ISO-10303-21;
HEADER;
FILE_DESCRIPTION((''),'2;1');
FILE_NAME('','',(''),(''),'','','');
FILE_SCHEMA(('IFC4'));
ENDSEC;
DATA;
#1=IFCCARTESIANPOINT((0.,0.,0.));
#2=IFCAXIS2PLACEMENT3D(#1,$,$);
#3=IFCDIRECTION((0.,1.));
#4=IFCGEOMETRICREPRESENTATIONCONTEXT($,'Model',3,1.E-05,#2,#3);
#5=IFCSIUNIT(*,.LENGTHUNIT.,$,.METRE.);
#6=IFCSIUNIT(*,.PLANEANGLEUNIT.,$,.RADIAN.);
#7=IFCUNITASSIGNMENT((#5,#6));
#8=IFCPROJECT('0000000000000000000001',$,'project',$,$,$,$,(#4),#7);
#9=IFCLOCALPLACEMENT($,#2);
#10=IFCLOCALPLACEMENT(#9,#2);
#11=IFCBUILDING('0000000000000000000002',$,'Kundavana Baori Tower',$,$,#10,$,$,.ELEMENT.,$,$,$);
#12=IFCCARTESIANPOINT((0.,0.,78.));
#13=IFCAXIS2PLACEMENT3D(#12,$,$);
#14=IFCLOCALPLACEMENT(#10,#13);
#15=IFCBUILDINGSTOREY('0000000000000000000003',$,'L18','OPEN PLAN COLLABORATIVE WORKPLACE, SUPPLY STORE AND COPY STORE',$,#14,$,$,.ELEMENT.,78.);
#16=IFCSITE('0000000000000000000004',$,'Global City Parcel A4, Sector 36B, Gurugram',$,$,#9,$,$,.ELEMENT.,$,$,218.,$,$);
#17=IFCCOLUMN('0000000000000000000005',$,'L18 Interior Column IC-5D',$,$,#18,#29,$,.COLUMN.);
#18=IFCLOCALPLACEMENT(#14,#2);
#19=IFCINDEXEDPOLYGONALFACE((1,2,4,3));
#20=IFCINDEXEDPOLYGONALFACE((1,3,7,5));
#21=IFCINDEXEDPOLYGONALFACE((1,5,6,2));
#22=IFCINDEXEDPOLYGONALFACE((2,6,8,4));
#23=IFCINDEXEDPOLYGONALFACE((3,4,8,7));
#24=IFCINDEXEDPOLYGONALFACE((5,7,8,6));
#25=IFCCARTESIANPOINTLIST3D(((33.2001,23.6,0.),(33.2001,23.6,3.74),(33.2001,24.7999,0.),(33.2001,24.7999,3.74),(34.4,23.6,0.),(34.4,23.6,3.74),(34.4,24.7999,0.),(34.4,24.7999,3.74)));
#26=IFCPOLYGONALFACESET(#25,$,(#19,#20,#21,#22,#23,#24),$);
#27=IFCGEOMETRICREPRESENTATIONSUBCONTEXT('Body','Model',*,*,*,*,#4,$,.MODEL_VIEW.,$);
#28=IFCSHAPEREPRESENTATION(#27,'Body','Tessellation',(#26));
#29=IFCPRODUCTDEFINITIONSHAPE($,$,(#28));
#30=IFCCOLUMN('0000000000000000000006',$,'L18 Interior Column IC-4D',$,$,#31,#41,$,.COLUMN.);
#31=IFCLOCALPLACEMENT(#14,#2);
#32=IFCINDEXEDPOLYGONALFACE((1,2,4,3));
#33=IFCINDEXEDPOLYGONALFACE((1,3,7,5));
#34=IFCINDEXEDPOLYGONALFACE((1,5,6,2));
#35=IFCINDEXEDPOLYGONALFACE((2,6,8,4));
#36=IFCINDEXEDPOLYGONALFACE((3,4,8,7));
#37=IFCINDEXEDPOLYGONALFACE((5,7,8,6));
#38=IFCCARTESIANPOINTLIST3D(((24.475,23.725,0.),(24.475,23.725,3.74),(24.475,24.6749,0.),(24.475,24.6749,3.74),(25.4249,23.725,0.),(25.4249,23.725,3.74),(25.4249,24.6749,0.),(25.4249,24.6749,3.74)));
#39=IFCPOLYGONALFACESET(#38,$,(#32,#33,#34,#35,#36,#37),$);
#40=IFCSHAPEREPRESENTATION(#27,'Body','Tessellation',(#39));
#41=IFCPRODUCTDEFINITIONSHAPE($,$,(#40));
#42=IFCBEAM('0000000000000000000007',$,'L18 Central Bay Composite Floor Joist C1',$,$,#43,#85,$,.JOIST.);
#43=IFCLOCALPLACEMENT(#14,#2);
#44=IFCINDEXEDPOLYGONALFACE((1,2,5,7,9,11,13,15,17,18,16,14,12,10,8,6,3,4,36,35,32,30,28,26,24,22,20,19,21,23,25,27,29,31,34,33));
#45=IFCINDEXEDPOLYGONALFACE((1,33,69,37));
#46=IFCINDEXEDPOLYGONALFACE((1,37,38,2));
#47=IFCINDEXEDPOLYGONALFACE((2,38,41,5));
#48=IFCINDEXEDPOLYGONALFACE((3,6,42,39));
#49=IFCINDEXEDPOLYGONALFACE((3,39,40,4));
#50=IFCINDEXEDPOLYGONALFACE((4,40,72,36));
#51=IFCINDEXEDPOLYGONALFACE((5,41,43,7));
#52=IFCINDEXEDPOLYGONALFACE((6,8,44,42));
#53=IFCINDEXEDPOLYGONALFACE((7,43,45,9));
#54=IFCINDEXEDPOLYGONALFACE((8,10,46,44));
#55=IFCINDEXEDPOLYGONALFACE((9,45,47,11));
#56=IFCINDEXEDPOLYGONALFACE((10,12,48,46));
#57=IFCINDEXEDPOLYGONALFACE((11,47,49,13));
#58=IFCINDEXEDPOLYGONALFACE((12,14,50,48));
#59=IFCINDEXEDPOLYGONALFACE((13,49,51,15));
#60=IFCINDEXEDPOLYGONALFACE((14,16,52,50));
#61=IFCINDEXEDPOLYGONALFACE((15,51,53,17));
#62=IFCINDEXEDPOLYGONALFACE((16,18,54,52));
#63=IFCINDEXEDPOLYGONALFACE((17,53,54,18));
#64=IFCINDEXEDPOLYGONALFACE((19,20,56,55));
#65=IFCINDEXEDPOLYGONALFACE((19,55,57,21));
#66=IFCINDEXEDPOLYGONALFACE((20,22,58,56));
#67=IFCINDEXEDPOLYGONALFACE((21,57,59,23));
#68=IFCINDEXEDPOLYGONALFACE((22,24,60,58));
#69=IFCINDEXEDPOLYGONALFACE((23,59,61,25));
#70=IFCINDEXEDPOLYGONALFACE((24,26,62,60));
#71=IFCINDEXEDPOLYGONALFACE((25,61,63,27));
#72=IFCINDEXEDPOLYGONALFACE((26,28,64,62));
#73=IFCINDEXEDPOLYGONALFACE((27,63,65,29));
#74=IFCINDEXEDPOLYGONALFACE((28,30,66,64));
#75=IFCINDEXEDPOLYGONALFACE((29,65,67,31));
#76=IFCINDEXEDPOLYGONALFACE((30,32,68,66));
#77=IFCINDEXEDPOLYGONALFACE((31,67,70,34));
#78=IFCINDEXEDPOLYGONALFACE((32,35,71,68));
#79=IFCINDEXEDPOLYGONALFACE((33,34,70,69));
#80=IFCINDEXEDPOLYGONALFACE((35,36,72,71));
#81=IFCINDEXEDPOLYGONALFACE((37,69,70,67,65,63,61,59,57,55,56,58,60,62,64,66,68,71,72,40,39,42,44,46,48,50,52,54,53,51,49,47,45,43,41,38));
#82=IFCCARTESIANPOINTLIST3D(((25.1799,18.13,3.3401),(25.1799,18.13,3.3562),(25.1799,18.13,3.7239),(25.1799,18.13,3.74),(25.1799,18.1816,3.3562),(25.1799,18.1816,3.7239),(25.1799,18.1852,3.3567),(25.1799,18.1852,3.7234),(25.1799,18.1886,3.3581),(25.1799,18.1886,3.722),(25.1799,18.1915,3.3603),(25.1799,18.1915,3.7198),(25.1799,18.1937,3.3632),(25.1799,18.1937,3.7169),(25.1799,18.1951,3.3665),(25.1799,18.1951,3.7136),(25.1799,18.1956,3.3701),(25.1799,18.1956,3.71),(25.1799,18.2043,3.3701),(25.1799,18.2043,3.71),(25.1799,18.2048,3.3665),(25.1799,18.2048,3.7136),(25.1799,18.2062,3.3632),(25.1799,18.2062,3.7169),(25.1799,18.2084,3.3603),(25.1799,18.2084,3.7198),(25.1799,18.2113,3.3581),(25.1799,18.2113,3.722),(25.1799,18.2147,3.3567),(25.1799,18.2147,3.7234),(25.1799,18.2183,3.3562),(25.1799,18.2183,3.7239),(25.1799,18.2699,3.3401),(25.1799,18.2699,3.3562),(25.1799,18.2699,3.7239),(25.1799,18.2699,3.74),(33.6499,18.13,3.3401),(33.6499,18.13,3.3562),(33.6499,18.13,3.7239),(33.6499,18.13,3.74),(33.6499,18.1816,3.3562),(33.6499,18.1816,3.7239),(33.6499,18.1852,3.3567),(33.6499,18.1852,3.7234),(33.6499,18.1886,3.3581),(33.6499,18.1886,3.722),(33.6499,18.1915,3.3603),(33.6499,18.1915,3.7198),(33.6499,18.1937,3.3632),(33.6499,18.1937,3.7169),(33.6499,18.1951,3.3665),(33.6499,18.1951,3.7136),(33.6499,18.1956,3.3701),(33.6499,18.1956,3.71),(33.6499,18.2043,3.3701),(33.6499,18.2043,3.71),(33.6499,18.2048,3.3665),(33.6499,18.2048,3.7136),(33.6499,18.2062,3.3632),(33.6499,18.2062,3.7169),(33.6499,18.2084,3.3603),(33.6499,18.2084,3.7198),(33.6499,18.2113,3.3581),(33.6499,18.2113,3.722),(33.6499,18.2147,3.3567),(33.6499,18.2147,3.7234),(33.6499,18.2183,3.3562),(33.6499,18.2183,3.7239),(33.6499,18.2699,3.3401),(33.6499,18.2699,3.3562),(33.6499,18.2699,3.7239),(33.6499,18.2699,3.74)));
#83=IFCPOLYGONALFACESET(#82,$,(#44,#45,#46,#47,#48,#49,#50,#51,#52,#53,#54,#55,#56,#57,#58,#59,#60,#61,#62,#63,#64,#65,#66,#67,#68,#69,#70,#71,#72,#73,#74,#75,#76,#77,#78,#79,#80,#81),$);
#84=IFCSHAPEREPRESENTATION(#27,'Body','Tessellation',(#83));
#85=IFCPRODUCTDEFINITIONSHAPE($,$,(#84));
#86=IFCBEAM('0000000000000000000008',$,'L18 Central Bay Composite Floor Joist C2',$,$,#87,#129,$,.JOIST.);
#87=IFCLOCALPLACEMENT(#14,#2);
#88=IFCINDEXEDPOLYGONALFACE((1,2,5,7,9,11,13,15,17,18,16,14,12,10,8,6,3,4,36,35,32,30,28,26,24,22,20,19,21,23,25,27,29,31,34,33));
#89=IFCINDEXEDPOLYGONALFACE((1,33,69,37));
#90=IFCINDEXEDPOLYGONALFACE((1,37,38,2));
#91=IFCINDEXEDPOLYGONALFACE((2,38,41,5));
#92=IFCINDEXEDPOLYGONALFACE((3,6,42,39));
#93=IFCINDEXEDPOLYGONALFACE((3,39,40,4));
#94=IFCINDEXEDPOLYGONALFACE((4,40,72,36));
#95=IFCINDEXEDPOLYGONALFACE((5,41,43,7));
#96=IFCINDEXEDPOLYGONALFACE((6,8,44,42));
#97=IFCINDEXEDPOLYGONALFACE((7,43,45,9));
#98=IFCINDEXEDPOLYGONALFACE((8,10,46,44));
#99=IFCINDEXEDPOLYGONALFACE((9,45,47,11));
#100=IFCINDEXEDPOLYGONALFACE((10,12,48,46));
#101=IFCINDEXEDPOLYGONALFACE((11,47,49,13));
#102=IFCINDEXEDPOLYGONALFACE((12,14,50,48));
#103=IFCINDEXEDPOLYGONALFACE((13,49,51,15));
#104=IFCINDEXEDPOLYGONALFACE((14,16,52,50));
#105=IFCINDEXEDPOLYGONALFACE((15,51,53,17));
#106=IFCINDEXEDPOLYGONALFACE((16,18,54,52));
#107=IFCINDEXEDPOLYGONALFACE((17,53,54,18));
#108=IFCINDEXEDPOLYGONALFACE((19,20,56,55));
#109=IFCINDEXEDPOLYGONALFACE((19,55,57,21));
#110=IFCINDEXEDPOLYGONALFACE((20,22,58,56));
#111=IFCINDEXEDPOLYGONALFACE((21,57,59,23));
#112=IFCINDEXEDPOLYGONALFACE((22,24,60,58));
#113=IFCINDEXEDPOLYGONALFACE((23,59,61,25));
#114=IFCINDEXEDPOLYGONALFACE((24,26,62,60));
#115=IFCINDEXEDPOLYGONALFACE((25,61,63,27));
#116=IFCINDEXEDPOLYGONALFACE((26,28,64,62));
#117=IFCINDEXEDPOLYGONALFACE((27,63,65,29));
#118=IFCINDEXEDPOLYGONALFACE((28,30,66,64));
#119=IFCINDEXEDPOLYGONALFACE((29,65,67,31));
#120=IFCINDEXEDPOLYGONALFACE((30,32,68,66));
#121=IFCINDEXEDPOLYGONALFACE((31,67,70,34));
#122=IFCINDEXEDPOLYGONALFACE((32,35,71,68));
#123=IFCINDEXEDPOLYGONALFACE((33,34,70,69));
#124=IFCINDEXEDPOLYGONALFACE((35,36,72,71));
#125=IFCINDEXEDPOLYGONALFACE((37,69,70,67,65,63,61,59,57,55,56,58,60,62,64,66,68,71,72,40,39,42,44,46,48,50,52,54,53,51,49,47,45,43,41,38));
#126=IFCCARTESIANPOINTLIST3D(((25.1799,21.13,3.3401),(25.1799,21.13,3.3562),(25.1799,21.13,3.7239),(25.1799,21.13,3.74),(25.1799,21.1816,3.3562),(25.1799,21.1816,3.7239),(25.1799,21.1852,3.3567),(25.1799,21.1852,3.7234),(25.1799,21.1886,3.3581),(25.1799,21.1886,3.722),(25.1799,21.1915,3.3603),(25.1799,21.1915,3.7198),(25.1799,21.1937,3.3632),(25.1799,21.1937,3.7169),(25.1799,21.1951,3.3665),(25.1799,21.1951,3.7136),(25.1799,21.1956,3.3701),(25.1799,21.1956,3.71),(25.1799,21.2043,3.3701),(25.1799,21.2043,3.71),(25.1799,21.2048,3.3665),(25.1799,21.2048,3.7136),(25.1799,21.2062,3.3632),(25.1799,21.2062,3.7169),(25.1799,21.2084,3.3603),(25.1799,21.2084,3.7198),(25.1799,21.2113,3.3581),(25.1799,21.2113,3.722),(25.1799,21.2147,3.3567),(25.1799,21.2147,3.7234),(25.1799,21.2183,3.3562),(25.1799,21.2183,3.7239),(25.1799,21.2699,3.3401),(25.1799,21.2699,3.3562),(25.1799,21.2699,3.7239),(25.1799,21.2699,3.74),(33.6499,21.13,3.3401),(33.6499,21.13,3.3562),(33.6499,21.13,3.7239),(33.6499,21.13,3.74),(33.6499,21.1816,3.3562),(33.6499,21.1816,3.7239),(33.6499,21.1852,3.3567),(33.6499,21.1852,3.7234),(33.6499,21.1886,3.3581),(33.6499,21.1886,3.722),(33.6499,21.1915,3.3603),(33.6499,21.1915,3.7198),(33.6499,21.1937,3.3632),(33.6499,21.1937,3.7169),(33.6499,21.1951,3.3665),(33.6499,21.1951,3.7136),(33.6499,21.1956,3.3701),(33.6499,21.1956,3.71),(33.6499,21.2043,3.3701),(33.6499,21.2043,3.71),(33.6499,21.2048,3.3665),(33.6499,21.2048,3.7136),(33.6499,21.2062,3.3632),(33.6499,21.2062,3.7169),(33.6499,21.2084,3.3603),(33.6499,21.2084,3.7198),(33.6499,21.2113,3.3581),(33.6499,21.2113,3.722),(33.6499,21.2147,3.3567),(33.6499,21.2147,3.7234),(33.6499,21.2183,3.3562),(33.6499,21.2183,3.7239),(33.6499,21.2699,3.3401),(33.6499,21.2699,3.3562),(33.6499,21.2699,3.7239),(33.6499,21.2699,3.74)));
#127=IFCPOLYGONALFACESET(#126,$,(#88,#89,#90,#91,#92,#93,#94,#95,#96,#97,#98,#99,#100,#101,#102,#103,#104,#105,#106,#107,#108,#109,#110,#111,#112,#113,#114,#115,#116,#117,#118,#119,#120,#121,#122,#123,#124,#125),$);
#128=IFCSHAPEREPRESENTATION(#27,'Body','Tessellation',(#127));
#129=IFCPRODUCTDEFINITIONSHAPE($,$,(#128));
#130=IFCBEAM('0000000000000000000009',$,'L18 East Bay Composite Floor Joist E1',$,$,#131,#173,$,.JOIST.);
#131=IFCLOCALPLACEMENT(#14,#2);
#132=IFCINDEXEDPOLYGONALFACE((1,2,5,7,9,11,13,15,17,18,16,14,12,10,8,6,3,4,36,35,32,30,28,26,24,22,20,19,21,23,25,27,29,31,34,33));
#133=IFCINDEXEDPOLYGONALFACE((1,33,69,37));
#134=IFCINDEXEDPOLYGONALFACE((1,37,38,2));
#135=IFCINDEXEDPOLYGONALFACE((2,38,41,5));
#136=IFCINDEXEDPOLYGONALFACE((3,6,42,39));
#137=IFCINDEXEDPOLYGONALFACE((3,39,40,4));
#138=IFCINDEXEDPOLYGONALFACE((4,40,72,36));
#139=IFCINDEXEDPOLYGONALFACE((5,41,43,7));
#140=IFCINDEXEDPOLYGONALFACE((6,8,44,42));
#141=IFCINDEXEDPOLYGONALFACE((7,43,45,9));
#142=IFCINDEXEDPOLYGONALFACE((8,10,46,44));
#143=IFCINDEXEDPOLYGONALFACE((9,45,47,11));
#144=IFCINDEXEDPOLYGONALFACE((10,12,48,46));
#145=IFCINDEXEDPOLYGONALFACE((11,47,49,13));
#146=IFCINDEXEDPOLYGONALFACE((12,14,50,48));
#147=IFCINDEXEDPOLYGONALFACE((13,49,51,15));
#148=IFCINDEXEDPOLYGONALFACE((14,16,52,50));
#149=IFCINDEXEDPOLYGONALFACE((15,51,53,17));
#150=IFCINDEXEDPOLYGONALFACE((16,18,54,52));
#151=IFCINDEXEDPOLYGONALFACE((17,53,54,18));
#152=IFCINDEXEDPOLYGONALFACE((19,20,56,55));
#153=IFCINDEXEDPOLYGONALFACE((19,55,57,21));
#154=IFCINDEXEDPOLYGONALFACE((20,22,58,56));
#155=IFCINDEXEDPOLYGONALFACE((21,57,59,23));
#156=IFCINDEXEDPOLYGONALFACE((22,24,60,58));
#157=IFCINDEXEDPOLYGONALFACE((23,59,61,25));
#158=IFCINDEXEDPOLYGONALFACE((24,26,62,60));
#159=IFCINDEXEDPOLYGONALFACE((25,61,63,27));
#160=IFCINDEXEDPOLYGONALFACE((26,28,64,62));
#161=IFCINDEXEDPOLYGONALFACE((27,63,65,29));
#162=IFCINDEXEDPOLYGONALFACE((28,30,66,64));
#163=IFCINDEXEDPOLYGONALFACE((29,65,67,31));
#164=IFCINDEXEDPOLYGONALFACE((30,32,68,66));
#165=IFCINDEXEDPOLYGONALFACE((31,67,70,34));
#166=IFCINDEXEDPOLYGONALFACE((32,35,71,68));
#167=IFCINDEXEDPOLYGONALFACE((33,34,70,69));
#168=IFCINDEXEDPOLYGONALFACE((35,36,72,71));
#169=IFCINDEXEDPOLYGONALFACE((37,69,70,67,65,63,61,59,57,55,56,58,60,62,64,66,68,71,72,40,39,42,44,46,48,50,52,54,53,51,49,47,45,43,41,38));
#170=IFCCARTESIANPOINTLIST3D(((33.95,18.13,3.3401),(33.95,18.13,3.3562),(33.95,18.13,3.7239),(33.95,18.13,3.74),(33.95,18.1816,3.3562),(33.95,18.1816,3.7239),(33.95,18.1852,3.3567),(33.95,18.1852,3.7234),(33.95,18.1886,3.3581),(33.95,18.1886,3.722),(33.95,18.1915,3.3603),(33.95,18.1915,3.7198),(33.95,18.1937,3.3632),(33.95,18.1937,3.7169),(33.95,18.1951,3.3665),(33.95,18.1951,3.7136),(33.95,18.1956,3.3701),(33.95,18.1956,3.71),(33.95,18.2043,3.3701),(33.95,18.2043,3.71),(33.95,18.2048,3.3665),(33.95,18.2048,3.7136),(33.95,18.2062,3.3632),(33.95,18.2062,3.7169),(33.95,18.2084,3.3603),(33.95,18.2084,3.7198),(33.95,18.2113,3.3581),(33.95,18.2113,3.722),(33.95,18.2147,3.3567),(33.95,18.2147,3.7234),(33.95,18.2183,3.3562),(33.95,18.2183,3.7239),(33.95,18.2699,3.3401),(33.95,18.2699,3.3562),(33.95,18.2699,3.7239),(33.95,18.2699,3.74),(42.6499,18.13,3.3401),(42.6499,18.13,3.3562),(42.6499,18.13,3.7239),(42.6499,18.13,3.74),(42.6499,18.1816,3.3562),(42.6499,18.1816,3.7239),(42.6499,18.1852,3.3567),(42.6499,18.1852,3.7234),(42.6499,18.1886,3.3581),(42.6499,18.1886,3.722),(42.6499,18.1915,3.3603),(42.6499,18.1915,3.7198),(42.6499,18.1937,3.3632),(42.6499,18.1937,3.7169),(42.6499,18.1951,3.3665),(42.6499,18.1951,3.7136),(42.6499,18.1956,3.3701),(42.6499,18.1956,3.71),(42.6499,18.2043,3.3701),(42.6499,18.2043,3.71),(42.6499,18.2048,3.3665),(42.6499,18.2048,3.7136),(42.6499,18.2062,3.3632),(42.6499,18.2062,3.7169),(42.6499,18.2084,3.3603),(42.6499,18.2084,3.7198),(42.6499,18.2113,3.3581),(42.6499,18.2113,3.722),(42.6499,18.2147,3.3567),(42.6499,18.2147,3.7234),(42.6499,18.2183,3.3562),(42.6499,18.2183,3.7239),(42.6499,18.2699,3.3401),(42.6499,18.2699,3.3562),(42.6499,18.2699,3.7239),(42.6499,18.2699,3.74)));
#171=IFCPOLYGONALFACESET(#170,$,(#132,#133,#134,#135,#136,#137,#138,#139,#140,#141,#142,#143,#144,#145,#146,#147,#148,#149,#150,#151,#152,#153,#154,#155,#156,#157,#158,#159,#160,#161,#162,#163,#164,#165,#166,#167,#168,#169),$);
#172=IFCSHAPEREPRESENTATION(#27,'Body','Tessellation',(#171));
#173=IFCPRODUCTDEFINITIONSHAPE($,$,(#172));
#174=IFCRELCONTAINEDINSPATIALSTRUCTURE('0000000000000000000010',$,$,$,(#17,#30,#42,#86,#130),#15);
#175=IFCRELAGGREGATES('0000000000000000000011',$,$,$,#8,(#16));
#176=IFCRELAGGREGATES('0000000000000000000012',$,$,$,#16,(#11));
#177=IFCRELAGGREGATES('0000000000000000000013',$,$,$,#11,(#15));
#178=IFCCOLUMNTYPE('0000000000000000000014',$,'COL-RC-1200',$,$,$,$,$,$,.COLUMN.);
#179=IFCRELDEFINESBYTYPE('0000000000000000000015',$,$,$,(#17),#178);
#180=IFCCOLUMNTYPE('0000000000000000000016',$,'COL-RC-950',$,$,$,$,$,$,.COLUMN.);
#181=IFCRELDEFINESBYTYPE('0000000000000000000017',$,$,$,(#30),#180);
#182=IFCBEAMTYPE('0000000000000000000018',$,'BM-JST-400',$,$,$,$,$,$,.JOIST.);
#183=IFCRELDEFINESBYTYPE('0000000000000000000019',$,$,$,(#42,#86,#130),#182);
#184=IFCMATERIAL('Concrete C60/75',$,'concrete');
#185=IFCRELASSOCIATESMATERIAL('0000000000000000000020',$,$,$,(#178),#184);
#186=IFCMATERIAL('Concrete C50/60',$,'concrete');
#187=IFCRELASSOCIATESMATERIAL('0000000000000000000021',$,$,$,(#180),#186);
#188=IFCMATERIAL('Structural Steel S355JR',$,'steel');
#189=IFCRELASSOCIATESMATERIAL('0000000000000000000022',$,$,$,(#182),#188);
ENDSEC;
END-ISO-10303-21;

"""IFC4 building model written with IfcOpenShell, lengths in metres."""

from ifc_helpers import new_model, si_unit, direction, frame, origin, origin_2d, place, context, subcontext, project, spatial, rectangle, i_section, extrude, material, material_profile, profile_set, type_object, element, save


model = new_model("IFC4")

# Units and contexts
model_context = context("Model", 3, precision=1e-05, world=origin(), true_north=direction((0.0, 1.0)))
body_context = subcontext(model_context, "Body", "Model", "MODEL_VIEW")
ifc_project = project(units=[si_unit("LENGTHUNIT", "METRE"), si_unit("PLANEANGLEUNIT", "RADIAN")], contexts=[model_context])

# Site, building, storey
site_placement = place(None, origin())
site = spatial("IfcSite", under=ifc_project, at=site_placement, Name="Global City Parcel A4, Sector 36B, Gurugram", CompositionType="ELEMENT", RefElevation=218.0)
building_placement = place(site_placement, origin())
building = spatial("IfcBuilding", under=site, at=building_placement, Name="Kundavana Baori Tower", CompositionType="ELEMENT")
storey_placement = place(building_placement, frame((0.0, 0.0, 78.0)))
storey = spatial("IfcBuildingStorey", under=building, at=storey_placement, Name="L18", Description="OPEN PLAN COLLABORATIVE WORKPLACE, SUPPLY STORE AND COPY STORE", CompositionType="ELEMENT", Elevation=78.0)

# Columns
ifc_material_1 = material(Name="Concrete C60/75", Category="concrete")
ifc_material_profile_1 = material_profile(ifc_material_1, rectangle(XDim=1.2, YDim=1.2, at=origin_2d()), Name="RC 1200x1200")
ifc_profile_set_1 = profile_set([ifc_material_profile_1], Name="Concrete C60/75")
column_type_1 = type_object("IfcColumnType", Name="COL-RC-1200", PredefinedType="COLUMN", material=ifc_profile_set_1)
column_1_placement = place(storey_placement, frame((33.8, 24.2, 0.0), z_axis=(0.0, 0.0, 1.0), x_axis=(1.0, 0.0, 0.0)))
element("IfcColumn", 1, at=column_1_placement, inside=storey, type_object=column_type_1, Name="L18 Interior Column IC-5D", PredefinedType="COLUMN", context=body_context, shape_type="SweptSolid", body=[
    extrude(rectangle(XDim=1.2, YDim=1.2, at=origin_2d()), origin(), (0.0, 0.0, 1.0), 3.74),
])
ifc_material_2 = material(Name="Concrete C50/60", Category="concrete")
ifc_material_profile_2 = material_profile(ifc_material_2, rectangle(XDim=0.95, YDim=0.95, at=origin_2d()), Name="RC 950x950")
ifc_profile_set_2 = profile_set([ifc_material_profile_2], Name="Concrete C50/60")
column_type_2 = type_object("IfcColumnType", Name="COL-RC-950", PredefinedType="COLUMN", material=ifc_profile_set_2)
column_2_placement = place(storey_placement, frame((24.95, 24.2, 0.0), z_axis=(0.0, 0.0, 1.0), x_axis=(1.0, 0.0, 0.0)))
element("IfcColumn", 2, at=column_2_placement, inside=storey, type_object=column_type_2, Name="L18 Interior Column IC-4D", PredefinedType="COLUMN", context=body_context, shape_type="SweptSolid", body=[
    extrude(rectangle(XDim=0.95, YDim=0.95, at=origin_2d()), origin(), (0.0, 0.0, 1.0), 3.74),
])

# Beams
ifc_material_3 = material(Name="Structural Steel S355JR", Category="steel")
ifc_material_profile_3 = material_profile(ifc_material_3, i_section(OverallWidth=0.1399, OverallDepth=0.3999, WebThickness=0.0088, FlangeThickness=0.0161, FilletRadius=0.0139, at=origin_2d()), Name="ISMB 400")
ifc_profile_set_3 = profile_set([ifc_material_profile_3], Name="Structural Steel S355JR")
beam_type_1 = type_object("IfcBeamType", Name="BM-JST-400", PredefinedType="JOIST", material=ifc_profile_set_3)
for number, where, z_axis, x_axis, name in (
    (3, (25.1799, 18.2, 3.54), (1.0, 0.0, 0.0), (0.0, 1.0, 0.0), "L18 Central Bay Composite Floor Joist C1"),
    (4, (25.1799, 21.2, 3.54), (1.0, 0.0, 0.0), (0.0, 1.0, 0.0), "L18 Central Bay Composite Floor Joist C2"),
):
    element("IfcBeam", number, at=place(storey_placement, frame(where, z_axis=z_axis, x_axis=x_axis)), inside=storey, type_object=beam_type_1, Name=name, PredefinedType="JOIST", context=body_context, shape_type="SweptSolid", body=[
        extrude(i_section(OverallWidth=0.1399, OverallDepth=0.3999, WebThickness=0.0088, FlangeThickness=0.0161, FilletRadius=0.0139, at=origin_2d()), origin(), (0.0, 0.0, 1.0), 8.47),
    ])
beam_1_placement = place(storey_placement, frame((33.95, 18.2, 3.54), z_axis=(1.0, 0.0, 0.0), x_axis=(0.0, 1.0, 0.0)))
element("IfcBeam", 5, at=beam_1_placement, inside=storey, type_object=beam_type_1, Name="L18 East Bay Composite Floor Joist E1", PredefinedType="JOIST", context=body_context, shape_type="SweptSolid", body=[
    extrude(i_section(OverallWidth=0.1399, OverallDepth=0.3999, WebThickness=0.0088, FlangeThickness=0.0161, FilletRadius=0.0139, at=origin_2d()), origin(), (0.0, 0.0, 1.0), 8.7),
])

save(model, "model.ifc")
